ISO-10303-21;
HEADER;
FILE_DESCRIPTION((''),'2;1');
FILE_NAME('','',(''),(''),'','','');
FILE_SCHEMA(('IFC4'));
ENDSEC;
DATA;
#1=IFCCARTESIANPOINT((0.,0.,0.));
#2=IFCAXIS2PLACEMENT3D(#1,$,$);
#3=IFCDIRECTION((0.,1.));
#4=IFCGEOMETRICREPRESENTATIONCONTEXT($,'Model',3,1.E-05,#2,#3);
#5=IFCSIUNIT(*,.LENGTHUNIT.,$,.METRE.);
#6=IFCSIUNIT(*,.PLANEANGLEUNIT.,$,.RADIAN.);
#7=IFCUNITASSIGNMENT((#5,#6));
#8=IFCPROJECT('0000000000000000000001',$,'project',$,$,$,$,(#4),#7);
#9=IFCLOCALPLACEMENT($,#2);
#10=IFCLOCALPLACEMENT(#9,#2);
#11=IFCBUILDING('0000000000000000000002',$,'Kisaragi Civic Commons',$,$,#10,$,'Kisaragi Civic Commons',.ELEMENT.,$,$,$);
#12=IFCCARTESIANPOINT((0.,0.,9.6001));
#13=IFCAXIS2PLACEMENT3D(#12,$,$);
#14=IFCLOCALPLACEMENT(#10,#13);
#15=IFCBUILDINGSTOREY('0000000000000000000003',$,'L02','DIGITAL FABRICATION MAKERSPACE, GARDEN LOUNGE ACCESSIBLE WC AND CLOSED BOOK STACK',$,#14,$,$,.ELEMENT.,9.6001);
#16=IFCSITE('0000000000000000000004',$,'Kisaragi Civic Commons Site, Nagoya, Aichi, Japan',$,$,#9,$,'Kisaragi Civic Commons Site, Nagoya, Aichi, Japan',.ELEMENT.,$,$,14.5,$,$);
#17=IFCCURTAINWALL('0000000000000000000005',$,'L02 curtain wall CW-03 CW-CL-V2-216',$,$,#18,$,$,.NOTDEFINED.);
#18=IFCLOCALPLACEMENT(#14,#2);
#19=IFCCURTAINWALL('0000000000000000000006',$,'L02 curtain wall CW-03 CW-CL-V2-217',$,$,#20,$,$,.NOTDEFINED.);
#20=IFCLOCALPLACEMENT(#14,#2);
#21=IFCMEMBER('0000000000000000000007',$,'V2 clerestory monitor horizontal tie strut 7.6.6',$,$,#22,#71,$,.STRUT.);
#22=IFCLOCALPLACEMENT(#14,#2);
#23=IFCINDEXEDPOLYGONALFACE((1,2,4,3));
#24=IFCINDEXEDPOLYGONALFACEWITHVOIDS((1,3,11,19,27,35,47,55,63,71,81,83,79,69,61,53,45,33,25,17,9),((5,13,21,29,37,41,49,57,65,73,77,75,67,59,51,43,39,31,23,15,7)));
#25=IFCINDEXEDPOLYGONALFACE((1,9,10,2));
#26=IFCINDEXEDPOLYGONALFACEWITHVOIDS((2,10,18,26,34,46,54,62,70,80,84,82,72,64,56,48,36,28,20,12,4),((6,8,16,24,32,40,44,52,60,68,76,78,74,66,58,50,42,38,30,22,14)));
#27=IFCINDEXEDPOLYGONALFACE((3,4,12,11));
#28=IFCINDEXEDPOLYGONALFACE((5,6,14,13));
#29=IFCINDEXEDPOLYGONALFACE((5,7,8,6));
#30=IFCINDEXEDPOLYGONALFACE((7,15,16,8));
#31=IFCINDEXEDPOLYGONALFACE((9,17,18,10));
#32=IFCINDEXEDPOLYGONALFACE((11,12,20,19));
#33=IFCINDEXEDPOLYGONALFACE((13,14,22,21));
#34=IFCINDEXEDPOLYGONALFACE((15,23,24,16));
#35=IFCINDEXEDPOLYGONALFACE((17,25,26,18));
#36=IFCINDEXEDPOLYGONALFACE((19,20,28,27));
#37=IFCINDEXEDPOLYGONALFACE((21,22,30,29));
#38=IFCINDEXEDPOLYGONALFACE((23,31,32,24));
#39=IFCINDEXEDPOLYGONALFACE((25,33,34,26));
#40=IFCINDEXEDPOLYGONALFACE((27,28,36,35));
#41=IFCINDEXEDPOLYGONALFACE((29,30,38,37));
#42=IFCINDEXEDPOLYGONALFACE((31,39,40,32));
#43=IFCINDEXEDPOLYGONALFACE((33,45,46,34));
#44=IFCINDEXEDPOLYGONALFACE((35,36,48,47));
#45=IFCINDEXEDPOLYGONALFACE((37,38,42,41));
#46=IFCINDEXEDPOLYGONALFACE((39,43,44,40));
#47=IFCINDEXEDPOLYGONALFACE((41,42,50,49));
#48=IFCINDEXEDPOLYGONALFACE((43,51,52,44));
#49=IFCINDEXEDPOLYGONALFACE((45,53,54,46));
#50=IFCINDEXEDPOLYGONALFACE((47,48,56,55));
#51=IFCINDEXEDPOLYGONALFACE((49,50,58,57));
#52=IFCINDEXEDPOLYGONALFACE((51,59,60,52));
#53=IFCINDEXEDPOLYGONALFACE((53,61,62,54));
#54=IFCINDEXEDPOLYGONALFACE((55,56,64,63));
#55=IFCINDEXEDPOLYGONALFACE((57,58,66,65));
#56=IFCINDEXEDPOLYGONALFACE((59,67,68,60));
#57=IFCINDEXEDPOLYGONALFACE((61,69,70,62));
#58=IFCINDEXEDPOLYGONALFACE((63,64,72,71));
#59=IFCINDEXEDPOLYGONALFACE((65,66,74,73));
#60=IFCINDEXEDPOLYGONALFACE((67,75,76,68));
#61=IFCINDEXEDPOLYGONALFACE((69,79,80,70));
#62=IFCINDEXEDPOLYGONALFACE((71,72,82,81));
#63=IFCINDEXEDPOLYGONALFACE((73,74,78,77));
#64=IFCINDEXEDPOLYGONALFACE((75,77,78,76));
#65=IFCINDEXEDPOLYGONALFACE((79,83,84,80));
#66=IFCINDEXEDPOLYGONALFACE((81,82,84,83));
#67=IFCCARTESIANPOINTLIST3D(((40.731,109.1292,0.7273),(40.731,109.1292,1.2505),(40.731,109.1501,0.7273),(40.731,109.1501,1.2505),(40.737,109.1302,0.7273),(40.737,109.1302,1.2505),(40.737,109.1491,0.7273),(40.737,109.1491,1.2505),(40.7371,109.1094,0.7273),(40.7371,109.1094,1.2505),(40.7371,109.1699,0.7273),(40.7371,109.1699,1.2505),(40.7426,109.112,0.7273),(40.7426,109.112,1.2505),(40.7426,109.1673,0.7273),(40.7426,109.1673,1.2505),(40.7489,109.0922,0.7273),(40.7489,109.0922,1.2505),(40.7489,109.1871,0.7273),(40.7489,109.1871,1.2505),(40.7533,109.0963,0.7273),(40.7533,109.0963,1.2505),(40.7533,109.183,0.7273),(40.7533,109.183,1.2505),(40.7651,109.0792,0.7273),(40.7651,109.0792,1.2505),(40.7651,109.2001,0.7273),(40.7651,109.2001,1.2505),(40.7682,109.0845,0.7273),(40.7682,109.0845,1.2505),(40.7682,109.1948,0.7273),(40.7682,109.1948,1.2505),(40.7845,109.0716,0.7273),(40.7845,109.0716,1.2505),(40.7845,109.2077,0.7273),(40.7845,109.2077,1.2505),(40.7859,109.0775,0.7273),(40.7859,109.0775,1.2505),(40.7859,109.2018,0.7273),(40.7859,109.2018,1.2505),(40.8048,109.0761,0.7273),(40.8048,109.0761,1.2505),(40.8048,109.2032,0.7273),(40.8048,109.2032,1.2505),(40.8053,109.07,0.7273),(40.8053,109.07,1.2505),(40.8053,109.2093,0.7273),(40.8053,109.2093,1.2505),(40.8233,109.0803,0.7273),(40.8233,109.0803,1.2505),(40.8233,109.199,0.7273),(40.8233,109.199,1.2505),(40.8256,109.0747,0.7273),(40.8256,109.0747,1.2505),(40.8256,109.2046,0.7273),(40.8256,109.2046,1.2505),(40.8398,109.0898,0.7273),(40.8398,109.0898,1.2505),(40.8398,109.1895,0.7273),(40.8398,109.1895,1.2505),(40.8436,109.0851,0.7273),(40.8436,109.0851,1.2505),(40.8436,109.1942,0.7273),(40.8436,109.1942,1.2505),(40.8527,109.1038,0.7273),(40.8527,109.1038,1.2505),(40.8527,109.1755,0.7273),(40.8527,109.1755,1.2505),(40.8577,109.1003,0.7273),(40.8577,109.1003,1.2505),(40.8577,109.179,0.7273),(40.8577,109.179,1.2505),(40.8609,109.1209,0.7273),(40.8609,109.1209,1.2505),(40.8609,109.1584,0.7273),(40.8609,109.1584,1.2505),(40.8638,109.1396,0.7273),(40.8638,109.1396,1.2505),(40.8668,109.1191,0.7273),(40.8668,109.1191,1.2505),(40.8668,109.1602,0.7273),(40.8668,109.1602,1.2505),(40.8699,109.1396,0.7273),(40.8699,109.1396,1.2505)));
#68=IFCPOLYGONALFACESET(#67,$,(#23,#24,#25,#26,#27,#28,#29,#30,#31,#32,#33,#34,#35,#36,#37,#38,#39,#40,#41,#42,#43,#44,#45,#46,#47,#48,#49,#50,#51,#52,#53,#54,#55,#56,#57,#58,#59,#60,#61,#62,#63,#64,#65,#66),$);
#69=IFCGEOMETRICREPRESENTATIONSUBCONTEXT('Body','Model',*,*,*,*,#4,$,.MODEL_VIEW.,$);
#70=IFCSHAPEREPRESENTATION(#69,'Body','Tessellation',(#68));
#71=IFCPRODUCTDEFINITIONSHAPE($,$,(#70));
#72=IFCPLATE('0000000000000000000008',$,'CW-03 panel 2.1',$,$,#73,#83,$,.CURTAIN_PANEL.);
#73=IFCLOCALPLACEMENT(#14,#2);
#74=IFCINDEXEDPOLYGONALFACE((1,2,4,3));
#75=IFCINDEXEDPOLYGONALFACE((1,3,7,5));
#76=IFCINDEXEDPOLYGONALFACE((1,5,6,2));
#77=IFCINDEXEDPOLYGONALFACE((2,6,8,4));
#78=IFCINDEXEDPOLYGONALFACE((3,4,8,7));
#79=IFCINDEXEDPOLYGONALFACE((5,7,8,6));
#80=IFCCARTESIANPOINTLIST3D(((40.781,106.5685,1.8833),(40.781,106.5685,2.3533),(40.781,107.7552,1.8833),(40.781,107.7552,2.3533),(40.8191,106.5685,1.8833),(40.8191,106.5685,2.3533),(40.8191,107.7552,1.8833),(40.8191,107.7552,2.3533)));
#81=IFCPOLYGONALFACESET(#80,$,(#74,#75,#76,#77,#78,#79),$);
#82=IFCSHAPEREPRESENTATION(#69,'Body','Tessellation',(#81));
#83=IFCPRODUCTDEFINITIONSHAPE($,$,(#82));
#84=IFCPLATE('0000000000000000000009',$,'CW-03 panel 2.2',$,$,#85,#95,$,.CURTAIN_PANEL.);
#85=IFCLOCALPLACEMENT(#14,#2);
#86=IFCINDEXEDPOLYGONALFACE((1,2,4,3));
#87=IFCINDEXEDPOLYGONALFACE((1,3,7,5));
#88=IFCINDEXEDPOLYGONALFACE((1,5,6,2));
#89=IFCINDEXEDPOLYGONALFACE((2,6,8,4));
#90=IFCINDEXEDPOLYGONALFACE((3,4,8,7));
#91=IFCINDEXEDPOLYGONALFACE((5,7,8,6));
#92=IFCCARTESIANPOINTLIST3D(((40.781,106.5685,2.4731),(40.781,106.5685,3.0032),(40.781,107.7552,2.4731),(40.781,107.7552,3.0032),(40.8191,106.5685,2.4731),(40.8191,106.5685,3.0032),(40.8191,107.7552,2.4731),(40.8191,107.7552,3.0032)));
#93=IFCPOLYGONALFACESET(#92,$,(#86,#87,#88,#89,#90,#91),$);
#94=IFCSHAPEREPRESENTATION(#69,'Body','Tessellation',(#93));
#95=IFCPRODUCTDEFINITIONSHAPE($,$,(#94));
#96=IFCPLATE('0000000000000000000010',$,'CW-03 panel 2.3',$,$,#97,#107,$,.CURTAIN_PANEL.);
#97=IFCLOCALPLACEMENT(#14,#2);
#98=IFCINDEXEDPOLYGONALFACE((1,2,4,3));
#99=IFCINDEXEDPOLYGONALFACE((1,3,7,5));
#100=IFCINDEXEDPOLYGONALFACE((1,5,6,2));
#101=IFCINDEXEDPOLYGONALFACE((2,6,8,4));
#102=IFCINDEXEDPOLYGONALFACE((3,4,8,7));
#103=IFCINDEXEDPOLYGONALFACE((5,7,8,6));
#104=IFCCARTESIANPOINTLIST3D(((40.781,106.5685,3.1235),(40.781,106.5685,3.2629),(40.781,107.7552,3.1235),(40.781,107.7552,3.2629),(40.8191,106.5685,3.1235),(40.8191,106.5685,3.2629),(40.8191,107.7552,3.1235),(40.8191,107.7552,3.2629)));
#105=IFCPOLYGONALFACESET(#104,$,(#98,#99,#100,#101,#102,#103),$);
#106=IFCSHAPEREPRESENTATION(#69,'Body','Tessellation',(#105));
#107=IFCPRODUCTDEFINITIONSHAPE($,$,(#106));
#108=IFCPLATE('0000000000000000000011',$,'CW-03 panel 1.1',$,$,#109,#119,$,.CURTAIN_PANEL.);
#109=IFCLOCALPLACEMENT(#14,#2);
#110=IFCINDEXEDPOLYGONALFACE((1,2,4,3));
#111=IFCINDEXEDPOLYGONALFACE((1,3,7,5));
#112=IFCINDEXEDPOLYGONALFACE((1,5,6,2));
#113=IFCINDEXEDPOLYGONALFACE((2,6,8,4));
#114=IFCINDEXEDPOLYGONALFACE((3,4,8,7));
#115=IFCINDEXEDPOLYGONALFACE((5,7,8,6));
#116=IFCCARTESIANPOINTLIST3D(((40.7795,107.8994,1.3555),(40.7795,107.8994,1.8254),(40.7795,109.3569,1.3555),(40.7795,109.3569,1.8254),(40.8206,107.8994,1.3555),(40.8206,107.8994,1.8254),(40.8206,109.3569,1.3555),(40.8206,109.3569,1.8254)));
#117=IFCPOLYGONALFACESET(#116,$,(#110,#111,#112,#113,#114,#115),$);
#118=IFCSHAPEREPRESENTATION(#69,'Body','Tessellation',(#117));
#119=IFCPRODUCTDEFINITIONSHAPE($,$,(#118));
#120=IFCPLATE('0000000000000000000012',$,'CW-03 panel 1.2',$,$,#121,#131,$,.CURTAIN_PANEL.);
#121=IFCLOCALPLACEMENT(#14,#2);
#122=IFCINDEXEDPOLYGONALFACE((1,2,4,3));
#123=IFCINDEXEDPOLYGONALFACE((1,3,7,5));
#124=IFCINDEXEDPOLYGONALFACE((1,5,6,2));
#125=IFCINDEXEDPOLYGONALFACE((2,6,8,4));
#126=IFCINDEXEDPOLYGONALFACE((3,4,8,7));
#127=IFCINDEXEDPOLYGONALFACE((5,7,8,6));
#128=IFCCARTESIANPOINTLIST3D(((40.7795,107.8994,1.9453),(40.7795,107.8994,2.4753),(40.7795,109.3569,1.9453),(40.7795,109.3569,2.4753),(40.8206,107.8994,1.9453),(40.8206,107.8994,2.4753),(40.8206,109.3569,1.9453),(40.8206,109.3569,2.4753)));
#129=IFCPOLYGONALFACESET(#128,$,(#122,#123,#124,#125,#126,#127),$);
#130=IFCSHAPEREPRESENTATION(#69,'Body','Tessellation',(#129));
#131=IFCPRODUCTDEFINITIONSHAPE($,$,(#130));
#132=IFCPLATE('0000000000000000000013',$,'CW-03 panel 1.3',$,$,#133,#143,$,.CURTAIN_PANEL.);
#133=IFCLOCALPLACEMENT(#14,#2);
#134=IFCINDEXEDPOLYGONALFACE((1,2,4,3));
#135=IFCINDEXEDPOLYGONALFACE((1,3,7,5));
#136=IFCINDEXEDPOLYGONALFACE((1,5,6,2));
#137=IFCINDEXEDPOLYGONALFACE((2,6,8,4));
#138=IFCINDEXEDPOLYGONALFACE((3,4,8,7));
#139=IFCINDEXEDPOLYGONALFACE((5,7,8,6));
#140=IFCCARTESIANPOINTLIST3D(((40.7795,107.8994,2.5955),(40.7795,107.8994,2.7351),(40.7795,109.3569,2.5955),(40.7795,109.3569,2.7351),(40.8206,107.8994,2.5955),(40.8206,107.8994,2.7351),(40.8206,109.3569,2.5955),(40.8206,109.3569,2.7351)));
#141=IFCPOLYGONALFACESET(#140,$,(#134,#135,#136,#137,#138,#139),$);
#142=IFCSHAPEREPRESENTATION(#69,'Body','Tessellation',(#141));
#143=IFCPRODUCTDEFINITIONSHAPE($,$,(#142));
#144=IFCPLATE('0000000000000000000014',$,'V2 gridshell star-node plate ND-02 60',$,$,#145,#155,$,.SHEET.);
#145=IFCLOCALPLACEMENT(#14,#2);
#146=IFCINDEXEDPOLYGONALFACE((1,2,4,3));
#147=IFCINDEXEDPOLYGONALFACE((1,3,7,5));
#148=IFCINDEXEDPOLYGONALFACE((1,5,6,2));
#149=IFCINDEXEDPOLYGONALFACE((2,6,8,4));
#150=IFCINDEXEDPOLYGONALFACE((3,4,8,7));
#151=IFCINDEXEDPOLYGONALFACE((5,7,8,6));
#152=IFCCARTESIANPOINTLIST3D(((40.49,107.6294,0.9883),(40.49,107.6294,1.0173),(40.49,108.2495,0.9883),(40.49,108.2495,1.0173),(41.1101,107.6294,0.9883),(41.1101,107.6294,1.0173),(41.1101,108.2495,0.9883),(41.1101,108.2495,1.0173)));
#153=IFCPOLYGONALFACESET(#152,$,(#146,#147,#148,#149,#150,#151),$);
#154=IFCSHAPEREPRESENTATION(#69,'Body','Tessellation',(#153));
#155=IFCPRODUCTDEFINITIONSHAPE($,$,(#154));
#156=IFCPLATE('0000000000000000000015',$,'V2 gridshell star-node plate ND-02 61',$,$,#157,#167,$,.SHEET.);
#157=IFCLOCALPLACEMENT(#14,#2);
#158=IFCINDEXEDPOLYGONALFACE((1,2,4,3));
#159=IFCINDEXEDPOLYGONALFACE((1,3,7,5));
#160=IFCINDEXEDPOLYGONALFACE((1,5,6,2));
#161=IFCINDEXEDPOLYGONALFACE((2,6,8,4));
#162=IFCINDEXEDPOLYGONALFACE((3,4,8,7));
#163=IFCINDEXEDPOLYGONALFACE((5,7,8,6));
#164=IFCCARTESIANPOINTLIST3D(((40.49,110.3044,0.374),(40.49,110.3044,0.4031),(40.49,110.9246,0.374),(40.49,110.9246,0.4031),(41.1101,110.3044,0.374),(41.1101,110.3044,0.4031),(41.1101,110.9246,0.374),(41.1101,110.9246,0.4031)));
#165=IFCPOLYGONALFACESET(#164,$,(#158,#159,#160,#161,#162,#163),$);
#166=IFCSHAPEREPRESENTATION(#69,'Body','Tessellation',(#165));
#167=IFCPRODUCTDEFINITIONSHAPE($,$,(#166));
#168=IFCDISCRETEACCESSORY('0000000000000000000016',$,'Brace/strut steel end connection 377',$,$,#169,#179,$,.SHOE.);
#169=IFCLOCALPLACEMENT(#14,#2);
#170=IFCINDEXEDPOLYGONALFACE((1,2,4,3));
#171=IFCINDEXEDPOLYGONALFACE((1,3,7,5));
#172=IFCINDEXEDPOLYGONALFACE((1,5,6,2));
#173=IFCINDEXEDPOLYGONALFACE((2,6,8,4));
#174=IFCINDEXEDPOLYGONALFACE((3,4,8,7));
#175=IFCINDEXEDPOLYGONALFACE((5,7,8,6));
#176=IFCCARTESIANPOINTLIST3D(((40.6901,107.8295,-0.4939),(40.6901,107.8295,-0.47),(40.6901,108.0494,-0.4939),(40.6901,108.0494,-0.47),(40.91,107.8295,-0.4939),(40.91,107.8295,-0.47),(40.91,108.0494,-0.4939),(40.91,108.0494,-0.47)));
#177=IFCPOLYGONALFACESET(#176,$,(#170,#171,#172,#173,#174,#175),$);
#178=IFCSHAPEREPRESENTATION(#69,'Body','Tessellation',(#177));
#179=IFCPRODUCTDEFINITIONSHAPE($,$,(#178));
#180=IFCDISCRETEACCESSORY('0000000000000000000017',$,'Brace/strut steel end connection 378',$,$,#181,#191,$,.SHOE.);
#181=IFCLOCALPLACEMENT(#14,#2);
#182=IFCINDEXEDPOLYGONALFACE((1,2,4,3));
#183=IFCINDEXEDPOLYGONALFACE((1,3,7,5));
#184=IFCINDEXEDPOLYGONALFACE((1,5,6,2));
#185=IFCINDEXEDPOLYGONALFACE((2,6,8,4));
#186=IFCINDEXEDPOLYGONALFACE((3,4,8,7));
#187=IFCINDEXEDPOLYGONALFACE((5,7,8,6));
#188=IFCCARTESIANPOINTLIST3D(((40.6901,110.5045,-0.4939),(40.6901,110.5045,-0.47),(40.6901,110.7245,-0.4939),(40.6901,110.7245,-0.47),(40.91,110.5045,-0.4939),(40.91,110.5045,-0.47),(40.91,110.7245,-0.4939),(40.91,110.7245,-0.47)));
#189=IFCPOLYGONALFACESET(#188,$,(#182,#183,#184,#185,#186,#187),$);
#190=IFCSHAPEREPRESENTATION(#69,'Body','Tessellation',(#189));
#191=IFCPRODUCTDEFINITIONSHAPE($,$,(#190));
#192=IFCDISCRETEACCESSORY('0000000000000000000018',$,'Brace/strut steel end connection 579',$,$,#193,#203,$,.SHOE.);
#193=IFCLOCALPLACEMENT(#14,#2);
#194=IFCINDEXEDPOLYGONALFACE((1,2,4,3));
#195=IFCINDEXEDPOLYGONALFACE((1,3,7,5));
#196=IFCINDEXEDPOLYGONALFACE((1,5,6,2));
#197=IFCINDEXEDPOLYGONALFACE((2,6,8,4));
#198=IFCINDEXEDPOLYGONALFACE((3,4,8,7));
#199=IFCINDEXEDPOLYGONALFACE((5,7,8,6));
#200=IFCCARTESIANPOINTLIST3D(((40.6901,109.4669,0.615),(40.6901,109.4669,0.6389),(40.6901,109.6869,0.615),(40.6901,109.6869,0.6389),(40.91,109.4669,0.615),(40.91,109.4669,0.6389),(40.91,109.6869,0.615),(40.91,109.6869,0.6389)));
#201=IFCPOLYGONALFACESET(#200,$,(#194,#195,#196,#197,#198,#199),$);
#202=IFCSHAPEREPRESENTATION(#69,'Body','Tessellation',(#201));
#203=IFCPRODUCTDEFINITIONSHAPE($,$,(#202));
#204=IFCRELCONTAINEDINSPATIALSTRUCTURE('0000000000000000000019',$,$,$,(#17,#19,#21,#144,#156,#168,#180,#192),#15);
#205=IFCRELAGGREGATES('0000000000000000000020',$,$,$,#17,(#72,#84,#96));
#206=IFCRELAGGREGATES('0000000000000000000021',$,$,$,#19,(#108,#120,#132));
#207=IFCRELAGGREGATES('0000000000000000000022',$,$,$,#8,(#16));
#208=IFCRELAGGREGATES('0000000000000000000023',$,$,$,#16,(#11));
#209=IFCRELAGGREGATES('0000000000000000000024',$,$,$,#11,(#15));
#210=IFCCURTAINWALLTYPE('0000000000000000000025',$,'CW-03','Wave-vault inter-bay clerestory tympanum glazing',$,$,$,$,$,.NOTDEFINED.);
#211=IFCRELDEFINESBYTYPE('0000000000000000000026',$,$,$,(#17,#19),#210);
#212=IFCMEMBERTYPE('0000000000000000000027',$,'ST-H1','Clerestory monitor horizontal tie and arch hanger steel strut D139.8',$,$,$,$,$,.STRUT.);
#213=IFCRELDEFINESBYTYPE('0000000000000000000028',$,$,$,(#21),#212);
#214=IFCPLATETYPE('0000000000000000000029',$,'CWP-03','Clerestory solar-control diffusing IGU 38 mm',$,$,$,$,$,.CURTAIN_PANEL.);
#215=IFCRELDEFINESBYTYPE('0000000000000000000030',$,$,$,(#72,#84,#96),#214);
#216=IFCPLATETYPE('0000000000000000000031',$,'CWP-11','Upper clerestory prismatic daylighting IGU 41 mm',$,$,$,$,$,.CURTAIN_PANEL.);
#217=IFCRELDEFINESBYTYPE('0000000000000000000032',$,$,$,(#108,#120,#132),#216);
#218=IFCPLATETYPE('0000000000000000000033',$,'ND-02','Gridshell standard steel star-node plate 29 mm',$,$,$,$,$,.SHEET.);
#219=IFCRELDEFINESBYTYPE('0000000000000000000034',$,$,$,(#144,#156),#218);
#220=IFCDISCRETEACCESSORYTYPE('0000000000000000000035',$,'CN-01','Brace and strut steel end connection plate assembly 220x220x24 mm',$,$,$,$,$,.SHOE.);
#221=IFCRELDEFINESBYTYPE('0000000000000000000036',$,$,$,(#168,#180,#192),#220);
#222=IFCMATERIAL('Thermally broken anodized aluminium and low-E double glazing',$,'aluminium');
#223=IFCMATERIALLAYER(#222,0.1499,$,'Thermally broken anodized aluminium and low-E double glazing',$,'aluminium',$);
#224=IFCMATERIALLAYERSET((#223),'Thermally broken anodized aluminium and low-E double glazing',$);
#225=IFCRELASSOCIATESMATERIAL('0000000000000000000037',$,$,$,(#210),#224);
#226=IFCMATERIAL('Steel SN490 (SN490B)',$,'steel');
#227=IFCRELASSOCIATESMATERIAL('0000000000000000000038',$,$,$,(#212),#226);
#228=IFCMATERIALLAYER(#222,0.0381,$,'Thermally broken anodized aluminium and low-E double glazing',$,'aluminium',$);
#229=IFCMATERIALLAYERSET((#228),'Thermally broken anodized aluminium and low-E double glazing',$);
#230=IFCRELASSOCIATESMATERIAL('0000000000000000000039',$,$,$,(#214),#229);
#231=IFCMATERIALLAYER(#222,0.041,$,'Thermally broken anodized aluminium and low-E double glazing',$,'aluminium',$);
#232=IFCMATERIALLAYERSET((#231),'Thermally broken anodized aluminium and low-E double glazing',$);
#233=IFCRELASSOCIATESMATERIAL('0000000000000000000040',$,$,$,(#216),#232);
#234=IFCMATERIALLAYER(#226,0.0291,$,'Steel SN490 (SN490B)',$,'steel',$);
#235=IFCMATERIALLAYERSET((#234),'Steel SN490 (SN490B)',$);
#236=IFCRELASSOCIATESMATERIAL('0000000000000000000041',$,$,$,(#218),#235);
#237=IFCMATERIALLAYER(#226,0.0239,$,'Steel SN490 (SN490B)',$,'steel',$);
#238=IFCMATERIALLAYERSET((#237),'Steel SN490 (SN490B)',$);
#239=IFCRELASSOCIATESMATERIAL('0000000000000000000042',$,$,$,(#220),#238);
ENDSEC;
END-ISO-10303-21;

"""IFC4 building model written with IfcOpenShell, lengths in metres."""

from ifc_helpers import new_model, si_unit, direction, frame, origin, origin_2d, place, context, subcontext, project, spatial, rectangle, hollow_circle, extrude, material, layer, layer_set, material_profile, profile_set, type_object, element, aggregate, save


model = new_model("IFC4")

# Units and contexts
model_context = context("Model", 3, precision=1e-05, world=origin(), true_north=direction((0.0, 1.0)))
body_context = subcontext(model_context, "Body", "Model", "MODEL_VIEW")
ifc_project = project(units=[si_unit("LENGTHUNIT", "METRE"), si_unit("PLANEANGLEUNIT", "RADIAN")], contexts=[model_context])

# Site, building, storey
site_placement = place(None, origin())
site = spatial("IfcSite", under=ifc_project, at=site_placement, Name="Kisaragi Civic Commons Site, Nagoya, Aichi, Japan", LongName="Kisaragi Civic Commons Site, Nagoya, Aichi, Japan", CompositionType="ELEMENT", RefElevation=14.5)
building_placement = place(site_placement, origin())
building = spatial("IfcBuilding", under=site, at=building_placement, Name="Kisaragi Civic Commons", LongName="Kisaragi Civic Commons", CompositionType="ELEMENT")
storey_placement = place(building_placement, frame((0.0, 0.0, 9.6001)))
storey = spatial("IfcBuildingStorey", under=building, at=storey_placement, Name="L02", Description="DIGITAL FABRICATION MAKERSPACE, GARDEN LOUNGE ACCESSIBLE WC AND CLOSED BOOK STACK", CompositionType="ELEMENT", Elevation=9.6001)

# Curtain wall
ifc_material_1 = material(Name="Thermally broken anodized aluminium and low-E double glazing", Category="aluminium")
ifc_layer_1 = layer(ifc_material_1, 0.1499, Name="Thermally broken anodized aluminium and low-E double glazing", Category="aluminium")
ifc_layer_set_1 = layer_set([ifc_layer_1], Name="Thermally broken anodized aluminium and low-E double glazing")
curtain_wall_type = type_object("IfcCurtainWallType", Name="CW-03", Description="Wave-vault inter-bay clerestory tympanum glazing", PredefinedType="NOTDEFINED", material=ifc_layer_set_1)
curtain_wall_1_placement = place(storey_placement, origin())
curtain_wall_1 = element("IfcCurtainWall", 1, at=curtain_wall_1_placement, inside=storey, type_object=curtain_wall_type, Name="L02 curtain wall CW-03 CW-CL-V2-216", PredefinedType="NOTDEFINED")

# Curtain wall
curtain_wall_2_placement = place(storey_placement, origin())
curtain_wall_2 = element("IfcCurtainWall", 2, at=curtain_wall_2_placement, inside=storey, type_object=curtain_wall_type, Name="L02 curtain wall CW-03 CW-CL-V2-217", PredefinedType="NOTDEFINED")

# Member
ifc_material_2 = material(Name="Steel SN490 (SN490B)", Category="steel")
ifc_material_profile_1 = material_profile(ifc_material_2, hollow_circle(Radius=0.0698, WallThickness=0.0061, at=origin_2d()), Name="CHS-139.8x6.0", Category="steel")
ifc_profile_set_1 = profile_set([ifc_material_profile_1], Name="Steel SN490 (SN490B)")
member_type_1 = type_object("IfcMemberType", Name="ST-H1", Description="Clerestory monitor horizontal tie and arch hanger steel strut D139.8", PredefinedType="STRUT", material=ifc_profile_set_1)
member_1_placement = place(storey_placement, frame((40.8, 109.1396, 0.7273), z_axis=(0.0, 0.0, 1.0), x_axis=(1.0, 0.0, 0.0)))
element("IfcMember", 3, at=member_1_placement, inside=storey, type_object=member_type_1, Name="V2 clerestory monitor horizontal tie strut 7.6.6", PredefinedType="STRUT", context=body_context, shape_type="SweptSolid", body=[
    extrude(hollow_circle(Radius=0.0698, WallThickness=0.0061, at=origin_2d()), origin(), (0.0, 0.0, 1.0), 0.5232),
])

# Plates
ifc_layer_2 = layer(ifc_material_1, 0.0381, Name="Thermally broken anodized aluminium and low-E double glazing", Category="aluminium")
ifc_layer_set_2 = layer_set([ifc_layer_2], Name="Thermally broken anodized aluminium and low-E double glazing")
plate_type_1 = type_object("IfcPlateType", Name="CWP-03", Description="Clerestory solar-control diffusing IGU 38 mm", PredefinedType="CURTAIN_PANEL", material=ifc_layer_set_2)
plate_1_placement = place(storey_placement, frame((40.8, 107.1619, 1.8833), z_axis=(0.0, 0.0, 1.0), x_axis=(0.0, 1.0, 0.0)))
plate_1 = element("IfcPlate", 4, at=plate_1_placement, type_object=plate_type_1, Name="CW-03 panel 2.1", PredefinedType="CURTAIN_PANEL", context=body_context, shape_type="SweptSolid", body=[
    extrude(rectangle(XDim=1.1868, YDim=0.0381, at=origin_2d()), origin(), (0.0, 0.0, 1.0), 0.47),
])
plate_2_placement = place(storey_placement, frame((40.8, 107.1619, 2.4731), z_axis=(0.0, 0.0, 1.0), x_axis=(0.0, 1.0, 0.0)))
plate_2 = element("IfcPlate", 5, at=plate_2_placement, type_object=plate_type_1, Name="CW-03 panel 2.2", PredefinedType="CURTAIN_PANEL", context=body_context, shape_type="SweptSolid", body=[
    extrude(rectangle(XDim=1.1868, YDim=0.0381, at=origin_2d()), origin(), (0.0, 0.0, 1.0), 0.53),
])
plate_3_placement = place(storey_placement, frame((40.8, 107.1619, 3.1235), z_axis=(0.0, 0.0, 1.0), x_axis=(0.0, 1.0, 0.0)))
plate_3 = element("IfcPlate", 6, at=plate_3_placement, type_object=plate_type_1, Name="CW-03 panel 2.3", PredefinedType="CURTAIN_PANEL", context=body_context, shape_type="SweptSolid", body=[
    extrude(rectangle(XDim=1.1868, YDim=0.0381, at=origin_2d()), origin(), (0.0, 0.0, 1.0), 0.1394),
])
aggregate(curtain_wall_1, [plate_1, plate_2, plate_3])
ifc_layer_3 = layer(ifc_material_1, 0.041, Name="Thermally broken anodized aluminium and low-E double glazing", Category="aluminium")
ifc_layer_set_3 = layer_set([ifc_layer_3], Name="Thermally broken anodized aluminium and low-E double glazing")
plate_type_2 = type_object("IfcPlateType", Name="CWP-11", Description="Upper clerestory prismatic daylighting IGU 41 mm", PredefinedType="CURTAIN_PANEL", material=ifc_layer_set_3)
plate_4_placement = place(storey_placement, frame((40.8, 108.6282, 1.3555), z_axis=(0.0, 0.0, 1.0), x_axis=(0.0, 1.0, 0.0)))
plate_4 = element("IfcPlate", 7, at=plate_4_placement, type_object=plate_type_2, Name="CW-03 panel 1.1", PredefinedType="CURTAIN_PANEL", context=body_context, shape_type="SweptSolid", body=[
    extrude(rectangle(XDim=1.4575, YDim=0.041, at=origin_2d()), origin(), (0.0, 0.0, 1.0), 0.47),
])
plate_5_placement = place(storey_placement, frame((40.8, 108.6282, 1.9453), z_axis=(0.0, 0.0, 1.0), x_axis=(0.0, 1.0, 0.0)))
plate_5 = element("IfcPlate", 8, at=plate_5_placement, type_object=plate_type_2, Name="CW-03 panel 1.2", PredefinedType="CURTAIN_PANEL", context=body_context, shape_type="SweptSolid", body=[
    extrude(rectangle(XDim=1.4575, YDim=0.041, at=origin_2d()), origin(), (0.0, 0.0, 1.0), 0.53),
])
plate_6_placement = place(storey_placement, frame((40.8, 108.6282, 2.5955), z_axis=(0.0, 0.0, 1.0), x_axis=(0.0, 1.0, 0.0)))
plate_6 = element("IfcPlate", 9, at=plate_6_placement, type_object=plate_type_2, Name="CW-03 panel 1.3", PredefinedType="CURTAIN_PANEL", context=body_context, shape_type="SweptSolid", body=[
    extrude(rectangle(XDim=1.4575, YDim=0.041, at=origin_2d()), origin(), (0.0, 0.0, 1.0), 0.1396),
])
aggregate(curtain_wall_2, [plate_4, plate_5, plate_6])

# Plates
ifc_layer_4 = layer(ifc_material_2, 0.0291, Name="Steel SN490 (SN490B)", Category="steel")
ifc_layer_set_4 = layer_set([ifc_layer_4], Name="Steel SN490 (SN490B)")
plate_type_3 = type_object("IfcPlateType", Name="ND-02", Description="Gridshell standard steel star-node plate 29 mm", PredefinedType="SHEET", material=ifc_layer_set_4)
for number, where, z_axis, x_axis, name in (
    (10, (40.8, 107.9395, 0.9883), (0.0, 0.0, 1.0), (1.0, 0.0, 0.0), "V2 gridshell star-node plate ND-02 60"),
    (11, (40.8, 110.6145, 0.374), (0.0, 0.0, 1.0), (1.0, 0.0, 0.0), "V2 gridshell star-node plate ND-02 61"),
):
    element("IfcPlate", number, at=place(storey_placement, frame(where, z_axis=z_axis, x_axis=x_axis)), inside=storey, type_object=plate_type_3, Name=name, PredefinedType="SHEET", context=body_context, shape_type="SweptSolid", body=[
        extrude(rectangle(XDim=0.6201, YDim=0.6201, at=origin_2d()), origin(), (0.0, 0.0, 1.0), 0.0291),
    ])

# Discrete accessories
ifc_layer_5 = layer(ifc_material_2, 0.0239, Name="Steel SN490 (SN490B)", Category="steel")
ifc_layer_set_5 = layer_set([ifc_layer_5], Name="Steel SN490 (SN490B)")
discrete_accessory_type = type_object("IfcDiscreteAccessoryType", Name="CN-01", Description="Brace and strut steel end connection plate assembly 220x220x24 mm", PredefinedType="SHOE", material=ifc_layer_set_5)
for number, where, z_axis, x_axis, name in (
    (12, (40.8, 107.9395, -0.4939), (0.0, 0.0, 1.0), (1.0, 0.0, 0.0), "Brace/strut steel end connection 377"),
    (13, (40.8, 110.6145, -0.4939), (0.0, 0.0, 1.0), (1.0, 0.0, 0.0), "Brace/strut steel end connection 378"),
    (14, (40.8, 109.5769, 0.615), (0.0, 0.0, 1.0), (1.0, 0.0, 0.0), "Brace/strut steel end connection 579"),
):
    element("IfcDiscreteAccessory", number, at=place(storey_placement, frame(where, z_axis=z_axis, x_axis=x_axis)), inside=storey, type_object=discrete_accessory_type, Name=name, PredefinedType="SHOE", context=body_context, shape_type="SweptSolid", body=[
        extrude(rectangle(XDim=0.22, YDim=0.22, at=origin_2d()), origin(), (0.0, 0.0, 1.0), 0.0239),
    ])

save(model, "model.ifc")
